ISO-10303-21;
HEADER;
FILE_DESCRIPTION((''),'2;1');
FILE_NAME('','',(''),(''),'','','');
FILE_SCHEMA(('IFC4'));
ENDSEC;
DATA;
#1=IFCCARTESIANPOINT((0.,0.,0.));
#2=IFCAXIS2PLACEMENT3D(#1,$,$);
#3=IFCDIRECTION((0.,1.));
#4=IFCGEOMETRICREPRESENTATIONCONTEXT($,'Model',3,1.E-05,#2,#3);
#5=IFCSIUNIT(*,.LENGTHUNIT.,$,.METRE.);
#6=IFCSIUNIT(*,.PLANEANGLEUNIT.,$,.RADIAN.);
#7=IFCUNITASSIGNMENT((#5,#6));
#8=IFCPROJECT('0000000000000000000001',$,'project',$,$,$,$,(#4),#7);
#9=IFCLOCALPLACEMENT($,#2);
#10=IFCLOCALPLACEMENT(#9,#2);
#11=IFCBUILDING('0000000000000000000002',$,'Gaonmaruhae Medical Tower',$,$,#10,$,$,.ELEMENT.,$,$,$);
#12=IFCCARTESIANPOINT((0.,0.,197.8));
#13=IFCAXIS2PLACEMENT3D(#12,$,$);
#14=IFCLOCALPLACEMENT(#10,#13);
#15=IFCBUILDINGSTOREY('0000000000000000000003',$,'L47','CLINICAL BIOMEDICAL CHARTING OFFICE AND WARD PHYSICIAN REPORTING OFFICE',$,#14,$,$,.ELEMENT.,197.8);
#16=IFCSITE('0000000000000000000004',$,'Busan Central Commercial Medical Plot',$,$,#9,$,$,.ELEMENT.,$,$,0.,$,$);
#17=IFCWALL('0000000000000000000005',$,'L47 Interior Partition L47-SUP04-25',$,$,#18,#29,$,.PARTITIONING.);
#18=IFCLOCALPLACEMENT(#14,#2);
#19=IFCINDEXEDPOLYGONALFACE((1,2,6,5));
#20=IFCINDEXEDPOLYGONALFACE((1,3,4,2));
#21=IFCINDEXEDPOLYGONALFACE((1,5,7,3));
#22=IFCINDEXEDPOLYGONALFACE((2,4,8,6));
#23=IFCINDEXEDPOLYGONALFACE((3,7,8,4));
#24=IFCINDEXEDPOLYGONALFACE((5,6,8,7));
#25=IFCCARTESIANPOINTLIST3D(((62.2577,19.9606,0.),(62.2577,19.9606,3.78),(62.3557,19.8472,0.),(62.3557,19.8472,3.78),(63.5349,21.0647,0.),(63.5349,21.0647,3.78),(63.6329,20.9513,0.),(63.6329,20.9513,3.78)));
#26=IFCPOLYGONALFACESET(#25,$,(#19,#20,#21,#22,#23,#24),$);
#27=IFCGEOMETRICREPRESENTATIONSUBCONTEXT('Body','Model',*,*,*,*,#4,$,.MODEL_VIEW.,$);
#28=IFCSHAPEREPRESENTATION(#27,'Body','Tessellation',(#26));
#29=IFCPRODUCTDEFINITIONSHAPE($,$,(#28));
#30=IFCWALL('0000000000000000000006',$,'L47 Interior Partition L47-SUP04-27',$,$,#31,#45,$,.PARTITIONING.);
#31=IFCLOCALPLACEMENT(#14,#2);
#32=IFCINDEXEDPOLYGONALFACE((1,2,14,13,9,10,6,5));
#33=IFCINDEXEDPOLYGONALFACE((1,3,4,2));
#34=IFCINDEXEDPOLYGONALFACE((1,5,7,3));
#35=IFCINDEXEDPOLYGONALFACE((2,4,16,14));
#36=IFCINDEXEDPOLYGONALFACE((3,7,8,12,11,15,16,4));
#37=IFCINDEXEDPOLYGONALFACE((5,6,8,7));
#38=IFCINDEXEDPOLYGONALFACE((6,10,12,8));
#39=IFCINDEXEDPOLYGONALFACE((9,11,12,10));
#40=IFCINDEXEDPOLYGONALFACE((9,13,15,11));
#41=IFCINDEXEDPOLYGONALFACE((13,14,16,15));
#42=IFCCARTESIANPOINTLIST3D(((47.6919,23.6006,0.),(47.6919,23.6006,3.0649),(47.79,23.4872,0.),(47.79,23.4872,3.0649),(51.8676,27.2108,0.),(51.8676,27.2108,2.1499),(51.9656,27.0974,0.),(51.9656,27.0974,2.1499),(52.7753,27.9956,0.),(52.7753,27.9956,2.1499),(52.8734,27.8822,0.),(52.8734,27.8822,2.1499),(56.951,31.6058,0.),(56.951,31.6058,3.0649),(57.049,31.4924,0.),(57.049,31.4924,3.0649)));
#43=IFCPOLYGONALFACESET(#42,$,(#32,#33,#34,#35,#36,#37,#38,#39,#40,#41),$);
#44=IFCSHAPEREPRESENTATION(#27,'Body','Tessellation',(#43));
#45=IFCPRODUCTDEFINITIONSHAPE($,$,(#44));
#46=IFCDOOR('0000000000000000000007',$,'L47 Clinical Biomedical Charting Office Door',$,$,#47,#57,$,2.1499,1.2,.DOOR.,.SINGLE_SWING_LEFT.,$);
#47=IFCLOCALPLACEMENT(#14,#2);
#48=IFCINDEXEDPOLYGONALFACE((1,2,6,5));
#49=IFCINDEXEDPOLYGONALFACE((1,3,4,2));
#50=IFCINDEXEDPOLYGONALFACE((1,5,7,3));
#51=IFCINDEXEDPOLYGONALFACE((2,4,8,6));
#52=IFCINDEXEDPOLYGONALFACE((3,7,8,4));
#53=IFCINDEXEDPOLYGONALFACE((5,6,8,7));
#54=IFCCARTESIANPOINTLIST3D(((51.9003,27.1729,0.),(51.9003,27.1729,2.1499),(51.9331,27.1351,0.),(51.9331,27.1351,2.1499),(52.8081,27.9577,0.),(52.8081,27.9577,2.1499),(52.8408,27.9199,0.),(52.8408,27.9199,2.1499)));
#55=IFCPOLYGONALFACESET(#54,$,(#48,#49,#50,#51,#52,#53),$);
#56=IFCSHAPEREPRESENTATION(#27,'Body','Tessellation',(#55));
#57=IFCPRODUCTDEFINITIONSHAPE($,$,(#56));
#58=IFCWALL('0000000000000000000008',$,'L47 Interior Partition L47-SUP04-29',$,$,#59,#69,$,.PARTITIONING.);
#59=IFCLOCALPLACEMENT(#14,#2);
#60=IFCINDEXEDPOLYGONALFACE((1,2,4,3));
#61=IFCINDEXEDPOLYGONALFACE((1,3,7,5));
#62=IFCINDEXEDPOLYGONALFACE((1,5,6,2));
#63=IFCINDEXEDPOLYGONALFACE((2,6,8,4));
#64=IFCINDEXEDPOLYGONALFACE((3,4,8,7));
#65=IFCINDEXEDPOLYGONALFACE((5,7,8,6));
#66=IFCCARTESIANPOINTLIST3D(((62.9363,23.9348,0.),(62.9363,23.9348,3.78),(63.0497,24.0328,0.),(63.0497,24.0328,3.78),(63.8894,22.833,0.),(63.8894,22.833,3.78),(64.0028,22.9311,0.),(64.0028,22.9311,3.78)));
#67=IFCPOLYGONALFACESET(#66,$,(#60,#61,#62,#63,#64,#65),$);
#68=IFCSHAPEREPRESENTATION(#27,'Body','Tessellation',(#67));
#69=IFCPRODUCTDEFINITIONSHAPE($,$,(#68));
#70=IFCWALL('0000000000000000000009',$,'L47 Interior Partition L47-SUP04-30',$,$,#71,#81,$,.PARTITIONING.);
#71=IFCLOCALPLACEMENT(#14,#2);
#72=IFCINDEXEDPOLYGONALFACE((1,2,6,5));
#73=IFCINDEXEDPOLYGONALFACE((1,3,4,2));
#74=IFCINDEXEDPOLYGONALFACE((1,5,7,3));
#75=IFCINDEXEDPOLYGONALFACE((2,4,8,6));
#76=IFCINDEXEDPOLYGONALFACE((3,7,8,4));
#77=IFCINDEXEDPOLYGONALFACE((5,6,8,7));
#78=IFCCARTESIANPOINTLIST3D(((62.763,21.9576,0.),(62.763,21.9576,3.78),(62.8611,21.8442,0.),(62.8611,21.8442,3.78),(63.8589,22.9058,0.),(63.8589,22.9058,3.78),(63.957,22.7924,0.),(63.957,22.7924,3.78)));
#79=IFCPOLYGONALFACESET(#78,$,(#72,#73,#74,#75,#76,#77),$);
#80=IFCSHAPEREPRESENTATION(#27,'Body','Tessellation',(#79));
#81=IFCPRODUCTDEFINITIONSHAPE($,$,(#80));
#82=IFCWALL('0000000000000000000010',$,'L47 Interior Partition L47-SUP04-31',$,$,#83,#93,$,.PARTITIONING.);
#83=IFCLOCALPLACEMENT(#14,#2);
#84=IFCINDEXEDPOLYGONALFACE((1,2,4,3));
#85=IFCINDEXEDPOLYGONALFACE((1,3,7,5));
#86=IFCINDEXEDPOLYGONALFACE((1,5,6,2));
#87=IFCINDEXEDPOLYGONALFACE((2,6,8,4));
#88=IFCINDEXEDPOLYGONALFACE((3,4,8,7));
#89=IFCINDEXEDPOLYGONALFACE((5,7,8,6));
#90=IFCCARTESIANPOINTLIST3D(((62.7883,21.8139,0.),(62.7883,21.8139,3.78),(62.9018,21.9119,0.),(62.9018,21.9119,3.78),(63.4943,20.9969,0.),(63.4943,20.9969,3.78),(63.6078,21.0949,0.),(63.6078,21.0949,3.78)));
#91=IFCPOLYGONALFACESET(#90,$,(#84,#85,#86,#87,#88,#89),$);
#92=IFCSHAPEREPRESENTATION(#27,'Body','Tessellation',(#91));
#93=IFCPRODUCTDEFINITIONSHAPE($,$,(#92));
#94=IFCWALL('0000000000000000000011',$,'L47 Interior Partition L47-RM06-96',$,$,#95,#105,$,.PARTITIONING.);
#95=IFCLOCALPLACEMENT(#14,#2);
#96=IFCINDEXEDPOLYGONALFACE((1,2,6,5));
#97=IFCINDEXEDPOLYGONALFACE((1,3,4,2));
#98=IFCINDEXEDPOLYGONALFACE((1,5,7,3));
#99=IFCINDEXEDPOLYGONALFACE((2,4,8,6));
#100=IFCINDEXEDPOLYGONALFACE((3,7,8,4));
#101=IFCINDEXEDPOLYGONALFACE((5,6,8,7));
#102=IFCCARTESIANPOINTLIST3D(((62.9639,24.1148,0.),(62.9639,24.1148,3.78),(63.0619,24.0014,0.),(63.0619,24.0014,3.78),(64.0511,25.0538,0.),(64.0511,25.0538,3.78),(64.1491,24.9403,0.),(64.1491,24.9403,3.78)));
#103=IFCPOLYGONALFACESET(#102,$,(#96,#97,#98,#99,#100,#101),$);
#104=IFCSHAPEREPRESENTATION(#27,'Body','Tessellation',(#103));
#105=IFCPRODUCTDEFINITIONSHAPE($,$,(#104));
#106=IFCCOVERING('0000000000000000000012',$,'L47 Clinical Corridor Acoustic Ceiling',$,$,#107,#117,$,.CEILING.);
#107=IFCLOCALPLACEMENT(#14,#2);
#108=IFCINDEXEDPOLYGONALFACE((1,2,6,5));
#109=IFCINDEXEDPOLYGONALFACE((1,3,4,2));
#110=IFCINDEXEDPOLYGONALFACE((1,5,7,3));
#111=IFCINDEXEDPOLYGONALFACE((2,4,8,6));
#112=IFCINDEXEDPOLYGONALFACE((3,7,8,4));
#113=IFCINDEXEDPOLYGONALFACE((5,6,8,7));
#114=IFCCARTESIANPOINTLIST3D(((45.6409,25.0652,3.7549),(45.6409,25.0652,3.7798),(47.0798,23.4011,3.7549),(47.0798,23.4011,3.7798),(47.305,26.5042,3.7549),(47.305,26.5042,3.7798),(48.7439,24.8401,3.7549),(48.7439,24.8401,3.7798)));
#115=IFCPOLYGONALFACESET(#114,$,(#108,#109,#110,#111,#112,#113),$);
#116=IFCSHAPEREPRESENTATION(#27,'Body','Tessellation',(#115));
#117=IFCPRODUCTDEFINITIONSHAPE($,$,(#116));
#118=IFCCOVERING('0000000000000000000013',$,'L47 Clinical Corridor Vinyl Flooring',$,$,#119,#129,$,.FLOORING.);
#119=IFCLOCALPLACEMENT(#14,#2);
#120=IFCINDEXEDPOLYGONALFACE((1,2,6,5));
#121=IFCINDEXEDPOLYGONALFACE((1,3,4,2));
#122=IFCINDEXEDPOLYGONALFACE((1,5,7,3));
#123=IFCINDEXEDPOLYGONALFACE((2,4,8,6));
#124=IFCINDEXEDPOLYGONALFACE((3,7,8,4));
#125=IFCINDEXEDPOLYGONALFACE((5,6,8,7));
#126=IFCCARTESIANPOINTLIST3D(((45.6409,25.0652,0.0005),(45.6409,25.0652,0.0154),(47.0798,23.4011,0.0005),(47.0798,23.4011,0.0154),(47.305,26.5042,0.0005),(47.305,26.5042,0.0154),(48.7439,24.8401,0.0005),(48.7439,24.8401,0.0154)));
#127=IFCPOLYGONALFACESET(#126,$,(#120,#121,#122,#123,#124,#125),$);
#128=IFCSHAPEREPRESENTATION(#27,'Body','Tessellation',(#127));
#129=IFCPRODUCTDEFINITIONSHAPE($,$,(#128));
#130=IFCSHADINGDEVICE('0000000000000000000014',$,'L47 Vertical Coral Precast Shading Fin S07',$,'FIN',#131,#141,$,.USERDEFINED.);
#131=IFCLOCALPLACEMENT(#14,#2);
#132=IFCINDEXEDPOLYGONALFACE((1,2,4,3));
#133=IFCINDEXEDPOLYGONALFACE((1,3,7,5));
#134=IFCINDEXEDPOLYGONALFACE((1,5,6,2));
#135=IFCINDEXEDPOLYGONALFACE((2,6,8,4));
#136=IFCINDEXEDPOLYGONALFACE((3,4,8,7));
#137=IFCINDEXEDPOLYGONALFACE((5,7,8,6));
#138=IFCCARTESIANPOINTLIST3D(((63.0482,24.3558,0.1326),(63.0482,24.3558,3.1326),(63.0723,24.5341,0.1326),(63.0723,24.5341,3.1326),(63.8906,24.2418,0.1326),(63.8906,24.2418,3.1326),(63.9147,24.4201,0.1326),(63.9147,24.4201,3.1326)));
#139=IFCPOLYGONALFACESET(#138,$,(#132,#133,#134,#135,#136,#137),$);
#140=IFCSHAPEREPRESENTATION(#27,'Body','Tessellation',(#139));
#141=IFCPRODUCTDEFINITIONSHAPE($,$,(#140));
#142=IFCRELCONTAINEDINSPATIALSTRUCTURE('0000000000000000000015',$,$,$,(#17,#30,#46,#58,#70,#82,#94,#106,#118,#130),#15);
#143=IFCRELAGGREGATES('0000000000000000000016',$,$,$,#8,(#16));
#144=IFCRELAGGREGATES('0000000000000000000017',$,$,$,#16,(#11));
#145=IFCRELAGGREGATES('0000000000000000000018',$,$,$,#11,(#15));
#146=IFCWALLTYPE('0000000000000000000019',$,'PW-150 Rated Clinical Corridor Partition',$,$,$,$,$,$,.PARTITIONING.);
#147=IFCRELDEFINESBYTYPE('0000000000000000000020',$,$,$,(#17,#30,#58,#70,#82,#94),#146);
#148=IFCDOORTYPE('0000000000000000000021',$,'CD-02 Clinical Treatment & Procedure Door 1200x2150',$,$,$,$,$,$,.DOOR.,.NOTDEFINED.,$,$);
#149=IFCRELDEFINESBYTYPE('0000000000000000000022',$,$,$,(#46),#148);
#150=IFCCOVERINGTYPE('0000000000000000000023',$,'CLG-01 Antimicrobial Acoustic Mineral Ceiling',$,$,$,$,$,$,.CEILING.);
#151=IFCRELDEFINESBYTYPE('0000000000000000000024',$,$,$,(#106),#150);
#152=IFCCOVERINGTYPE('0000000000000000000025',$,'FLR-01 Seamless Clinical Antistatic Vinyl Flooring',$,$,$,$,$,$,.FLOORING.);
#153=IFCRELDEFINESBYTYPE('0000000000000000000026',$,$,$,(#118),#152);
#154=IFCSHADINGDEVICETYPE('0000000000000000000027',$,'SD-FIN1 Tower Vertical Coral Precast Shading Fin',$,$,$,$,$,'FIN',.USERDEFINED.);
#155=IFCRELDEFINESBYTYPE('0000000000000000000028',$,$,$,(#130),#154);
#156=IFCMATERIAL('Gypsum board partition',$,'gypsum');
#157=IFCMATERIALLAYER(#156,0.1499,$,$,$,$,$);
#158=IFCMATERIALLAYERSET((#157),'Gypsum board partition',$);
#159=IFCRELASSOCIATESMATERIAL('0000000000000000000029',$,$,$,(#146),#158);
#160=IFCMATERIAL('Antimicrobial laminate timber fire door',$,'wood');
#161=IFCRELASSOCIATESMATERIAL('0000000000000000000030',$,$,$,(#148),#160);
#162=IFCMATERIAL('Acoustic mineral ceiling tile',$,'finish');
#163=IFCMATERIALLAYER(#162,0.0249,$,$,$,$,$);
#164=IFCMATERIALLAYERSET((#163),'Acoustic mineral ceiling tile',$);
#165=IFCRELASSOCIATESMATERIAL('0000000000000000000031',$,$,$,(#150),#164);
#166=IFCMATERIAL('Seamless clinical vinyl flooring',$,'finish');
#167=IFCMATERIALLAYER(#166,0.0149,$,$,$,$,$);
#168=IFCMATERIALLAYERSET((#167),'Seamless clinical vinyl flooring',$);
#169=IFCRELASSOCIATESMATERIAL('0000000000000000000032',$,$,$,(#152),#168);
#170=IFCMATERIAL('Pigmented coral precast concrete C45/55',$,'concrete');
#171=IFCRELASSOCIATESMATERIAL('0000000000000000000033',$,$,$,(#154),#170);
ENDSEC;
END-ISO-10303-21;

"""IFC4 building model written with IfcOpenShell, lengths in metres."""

from ifc_helpers import new_model, si_unit, direction, frame, frame_2d, origin, origin_2d, place, context, subcontext, project, spatial, rectangle, extrude, material, layer, layer_set, type_object, element, fill, save


model = new_model("IFC4")

# Units and contexts
model_context = context("Model", 3, precision=1e-05, world=origin(), true_north=direction((0.0, 1.0)))
body_context = subcontext(model_context, "Body", "Model", "MODEL_VIEW")
ifc_project = project(units=[si_unit("LENGTHUNIT", "METRE"), si_unit("PLANEANGLEUNIT", "RADIAN")], contexts=[model_context])

# Site, building, storey
site_placement = place(None, origin())
site = spatial("IfcSite", under=ifc_project, at=site_placement, Name="Busan Central Commercial Medical Plot", CompositionType="ELEMENT", RefElevation=0.0)
building_placement = place(site_placement, origin())
building = spatial("IfcBuilding", under=site, at=building_placement, Name="Gaonmaruhae Medical Tower", CompositionType="ELEMENT")
storey_placement = place(building_placement, frame((0.0, 0.0, 197.8)))
storey = spatial("IfcBuildingStorey", under=building, at=storey_placement, Name="L47", Description="CLINICAL BIOMEDICAL CHARTING OFFICE AND WARD PHYSICIAN REPORTING OFFICE", CompositionType="ELEMENT", Elevation=197.8)

# Wall
ifc_material_1 = material(Name="Gypsum board partition", Category="gypsum")
ifc_layer_1 = layer(ifc_material_1, 0.1499)
ifc_layer_set_1 = layer_set([ifc_layer_1], Name="Gypsum board partition")
wall_type_1 = type_object("IfcWallType", Name="PW-150 Rated Clinical Corridor Partition", PredefinedType="PARTITIONING", material=ifc_layer_set_1)
wall_1_placement = place(storey_placement, frame((63.584, 21.0081, 0.0), z_axis=(0.0, 0.0, 1.0), x_axis=(-0.756514, -0.653977, 0.0)))
element("IfcWall", 1, at=wall_1_placement, inside=storey, type_object=wall_type_1, Name="L47 Interior Partition L47-SUP04-25", PredefinedType="PARTITIONING", context=body_context, shape_type="SweptSolid", body=[
    extrude(rectangle(XDim=1.6882, YDim=0.1499, at=frame_2d((0.8442, 0.0))), origin(), (0.0, 0.0, 1.0), 3.78),
])

# Wall, opening, door
wall_2_placement = place(storey_placement, frame((47.741, 23.5439, 0.0), z_axis=(0.0, 0.0, 1.0), x_axis=(0.756472, 0.654026, 0.0)))
wall_2 = element("IfcWall", 2, at=wall_2_placement, inside=storey, type_object=wall_type_1, Name="L47 Interior Partition L47-SUP04-27", PredefinedType="PARTITIONING", context=body_context, shape_type="SweptSolid", body=[
    extrude(rectangle(XDim=12.2397, YDim=0.1499, at=frame_2d((6.1199, 0.0))), origin(), (0.0, 0.0, 1.0), 3.0649),
])
opening_1_placement = place(wall_2_placement, frame((5.5198, 0.0, 0.0)))
opening_1 = element("IfcOpeningElement", 3, at=opening_1_placement, cuts=wall_2, PredefinedType="OPENING", context=body_context, shape_type="SweptSolid", body=[
    extrude(rectangle(XDim=1.2, YDim=2.1499, at=frame_2d((0.6001, 1.075))), frame((0.0, 0.085, 0.0), z_axis=(0.0, -1.0, 0.0), x_axis=(1.0, 0.0, 0.0)), (0.0, 0.0, 1.0), 0.1699),
])
ifc_material_2 = material(Name="Antimicrobial laminate timber fire door", Category="wood")
door_type = type_object("IfcDoorType", Name="CD-02 Clinical Treatment & Procedure Door 1200x2150", OperationType="NOTDEFINED", PredefinedType="DOOR", material=ifc_material_2)
door_placement = place(opening_1_placement, origin())
door = element("IfcDoor", 4, at=door_placement, inside=storey, type_object=door_type, Name="L47 Clinical Biomedical Charting Office Door", OperationType="SINGLE_SWING_LEFT", OverallHeight=2.1499, OverallWidth=1.2, PredefinedType="DOOR", context=body_context, shape_type="SweptSolid", body=[
    extrude(rectangle(XDim=1.2, YDim=2.1499, at=frame_2d((0.6001, 1.075))), frame((0.0, 0.0249, 0.0), z_axis=(0.0, -1.0, 0.0), x_axis=(1.0, 0.0, 0.0)), (0.0, 0.0, 1.0), 0.05),
])
fill(opening_1, door)

# Walls
wall_3_placement = place(storey_placement, frame((62.9929, 23.9839, 0.0), z_axis=(0.0, 0.0, 1.0), x_axis=(0.654235, -0.756291, 0.0)))
element("IfcWall", 5, at=wall_3_placement, inside=storey, type_object=wall_type_1, Name="L47 Interior Partition L47-SUP04-29", PredefinedType="PARTITIONING", context=body_context, shape_type="SweptSolid", body=[
    extrude(rectangle(XDim=1.4568, YDim=0.1499, at=frame_2d((0.7285, 0.0))), origin(), (0.0, 0.0, 1.0), 3.78),
])
wall_4_placement = place(storey_placement, frame((63.908, 22.8491, 0.0), z_axis=(0.0, 0.0, 1.0), x_axis=(-0.756228, -0.654308, 0.0)))
element("IfcWall", 6, at=wall_4_placement, inside=storey, type_object=wall_type_1, Name="L47 Interior Partition L47-SUP04-30", PredefinedType="PARTITIONING", context=body_context, shape_type="SweptSolid", body=[
    extrude(rectangle(XDim=1.4492, YDim=0.1499, at=frame_2d((0.7246, 0.0))), origin(), (0.0, 0.0, 1.0), 3.78),
])
wall_5_placement = place(storey_placement, frame((62.845, 21.863, 0.0), z_axis=(0.0, 0.0, 1.0), x_axis=(0.653802, -0.756665, 0.0)))
element("IfcWall", 7, at=wall_5_placement, inside=storey, type_object=wall_type_1, Name="L47 Interior Partition L47-SUP04-31", PredefinedType="PARTITIONING", context=body_context, shape_type="SweptSolid", body=[
    extrude(rectangle(XDim=1.0798, YDim=0.1499, at=frame_2d((0.54, 0.0))), origin(), (0.0, 0.0, 1.0), 3.78),
])
wall_6_placement = place(storey_placement, frame((64.1001, 24.9971, 0.0), z_axis=(0.0, 0.0, 1.0), x_axis=(-0.756804, -0.653642, 0.0)))
element("IfcWall", 8, at=wall_6_placement, inside=storey, type_object=wall_type_1, Name="L47 Interior Partition L47-RM06-96", PredefinedType="PARTITIONING", context=body_context, shape_type="SweptSolid", body=[
    extrude(rectangle(XDim=1.4365, YDim=0.1499, at=frame_2d((0.7183, 0.0))), origin(), (0.0, 0.0, 1.0), 3.78),
])

# Coverings
ifc_material_3 = material(Name="Acoustic mineral ceiling tile", Category="finish")
ifc_layer_2 = layer(ifc_material_3, 0.0249)
ifc_layer_set_2 = layer_set([ifc_layer_2], Name="Acoustic mineral ceiling tile")
covering_type_1 = type_object("IfcCoveringType", Name="CLG-01 Antimicrobial Acoustic Mineral Ceiling", PredefinedType="CEILING", material=ifc_layer_set_2)
covering_1_placement = place(storey_placement, frame((47.1924, 24.9526, 3.7549), z_axis=(0.0, 0.0, 1.0), x_axis=(0.756425, 0.654081, 0.0)))
element("IfcCovering", 9, at=covering_1_placement, inside=storey, type_object=covering_type_1, Name="L47 Clinical Corridor Acoustic Ceiling", PredefinedType="CEILING", context=body_context, shape_type="SweptSolid", body=[
    extrude(rectangle(XDim=2.2, YDim=2.2, at=origin_2d()), origin(), (0.0, 0.0, 1.0), 0.0249),
])
ifc_material_4 = material(Name="Seamless clinical vinyl flooring", Category="finish")
ifc_layer_3 = layer(ifc_material_4, 0.0149)
ifc_layer_set_3 = layer_set([ifc_layer_3], Name="Seamless clinical vinyl flooring")
covering_type_2 = type_object("IfcCoveringType", Name="FLR-01 Seamless Clinical Antistatic Vinyl Flooring", PredefinedType="FLOORING", material=ifc_layer_set_3)
covering_2_placement = place(storey_placement, frame((47.1924, 24.9526, 0.0005), z_axis=(0.0, 0.0, 1.0), x_axis=(0.756425, 0.654081, 0.0)))
element("IfcCovering", 10, at=covering_2_placement, inside=storey, type_object=covering_type_2, Name="L47 Clinical Corridor Vinyl Flooring", PredefinedType="FLOORING", context=body_context, shape_type="SweptSolid", body=[
    extrude(rectangle(XDim=2.2, YDim=2.2, at=origin_2d()), origin(), (0.0, 0.0, 1.0), 0.0149),
])

# Shading device
ifc_material_5 = material(Name="Pigmented coral precast concrete C45/55", Category="concrete")
shading_device_type = type_object("IfcShadingDeviceType", Name="SD-FIN1 Tower Vertical Coral Precast Shading Fin", ElementType="FIN", PredefinedType="USERDEFINED", material=ifc_material_5)
shading_device_placement = place(storey_placement, frame((63.4814, 24.3879, 0.1326), z_axis=(0.0, 0.0, 1.0), x_axis=(-0.134038, -0.990976, 0.0)))
element("IfcShadingDevice", 11, at=shading_device_placement, inside=storey, type_object=shading_device_type, Name="L47 Vertical Coral Precast Shading Fin S07", ObjectType="FIN", PredefinedType="USERDEFINED", context=body_context, shape_type="SweptSolid", body=[
    extrude(rectangle(XDim=0.1799, YDim=0.8501, at=origin_2d()), origin(), (0.0, 0.0, 1.0), 3.0),
])

save(model, "model.ifc")
